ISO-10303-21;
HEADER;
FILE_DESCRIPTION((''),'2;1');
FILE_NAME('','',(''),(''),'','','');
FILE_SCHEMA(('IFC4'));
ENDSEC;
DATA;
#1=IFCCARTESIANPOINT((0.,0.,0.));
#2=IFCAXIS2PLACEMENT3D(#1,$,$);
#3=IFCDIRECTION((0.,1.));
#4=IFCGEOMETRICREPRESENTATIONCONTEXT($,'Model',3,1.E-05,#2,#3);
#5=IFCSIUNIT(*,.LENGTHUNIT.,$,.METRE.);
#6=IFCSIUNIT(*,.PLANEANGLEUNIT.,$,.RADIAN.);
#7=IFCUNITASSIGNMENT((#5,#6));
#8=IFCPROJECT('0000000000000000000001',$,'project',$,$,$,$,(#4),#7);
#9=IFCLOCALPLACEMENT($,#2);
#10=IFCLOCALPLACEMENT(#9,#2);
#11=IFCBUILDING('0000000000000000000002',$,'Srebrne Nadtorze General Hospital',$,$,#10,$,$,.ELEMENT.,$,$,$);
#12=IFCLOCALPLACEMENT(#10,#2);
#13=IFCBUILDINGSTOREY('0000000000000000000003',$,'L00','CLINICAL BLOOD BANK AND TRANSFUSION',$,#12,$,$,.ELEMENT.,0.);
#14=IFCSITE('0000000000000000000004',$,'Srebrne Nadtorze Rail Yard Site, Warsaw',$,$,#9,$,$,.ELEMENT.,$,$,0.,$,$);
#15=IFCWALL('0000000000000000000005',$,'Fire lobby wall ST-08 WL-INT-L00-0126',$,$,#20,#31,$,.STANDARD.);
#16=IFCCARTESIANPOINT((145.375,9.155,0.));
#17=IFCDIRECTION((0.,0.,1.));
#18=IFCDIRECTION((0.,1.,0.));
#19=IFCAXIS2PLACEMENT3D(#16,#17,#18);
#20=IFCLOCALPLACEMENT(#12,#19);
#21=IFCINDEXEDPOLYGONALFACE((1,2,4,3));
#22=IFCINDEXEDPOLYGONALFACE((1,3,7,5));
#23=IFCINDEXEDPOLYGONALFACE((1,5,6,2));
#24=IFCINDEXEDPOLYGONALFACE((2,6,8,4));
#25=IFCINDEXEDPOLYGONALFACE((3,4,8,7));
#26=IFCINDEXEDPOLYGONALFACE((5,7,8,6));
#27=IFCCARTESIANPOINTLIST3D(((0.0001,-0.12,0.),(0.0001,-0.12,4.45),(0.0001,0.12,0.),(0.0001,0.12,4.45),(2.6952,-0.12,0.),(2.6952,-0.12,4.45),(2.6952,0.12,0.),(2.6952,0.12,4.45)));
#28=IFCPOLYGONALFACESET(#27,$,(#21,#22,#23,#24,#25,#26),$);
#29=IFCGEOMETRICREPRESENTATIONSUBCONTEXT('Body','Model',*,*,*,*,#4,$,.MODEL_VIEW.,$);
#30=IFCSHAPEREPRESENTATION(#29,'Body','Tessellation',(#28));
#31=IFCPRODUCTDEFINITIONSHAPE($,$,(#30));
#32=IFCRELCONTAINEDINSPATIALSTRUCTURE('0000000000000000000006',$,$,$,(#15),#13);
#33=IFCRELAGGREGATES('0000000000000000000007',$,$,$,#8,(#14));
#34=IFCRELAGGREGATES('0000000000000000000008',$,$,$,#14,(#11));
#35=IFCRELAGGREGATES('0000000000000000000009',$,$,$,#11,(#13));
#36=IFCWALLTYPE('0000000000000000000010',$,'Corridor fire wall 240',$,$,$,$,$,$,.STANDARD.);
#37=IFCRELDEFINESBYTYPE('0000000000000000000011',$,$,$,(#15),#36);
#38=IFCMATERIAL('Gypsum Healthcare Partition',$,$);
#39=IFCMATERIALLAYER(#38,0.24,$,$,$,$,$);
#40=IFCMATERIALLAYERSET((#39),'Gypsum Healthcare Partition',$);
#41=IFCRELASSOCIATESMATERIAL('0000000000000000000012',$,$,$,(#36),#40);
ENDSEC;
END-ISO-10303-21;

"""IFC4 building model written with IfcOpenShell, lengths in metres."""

from ifc_helpers import new_model, si_unit, direction, frame, frame_2d, origin, place, context, subcontext, project, spatial, rectangle, extrude, material, layer, layer_set, type_object, element, save


model = new_model("IFC4")

# Units and contexts
model_context = context("Model", 3, precision=1e-05, world=origin(), true_north=direction((0.0, 1.0)))
body_context = subcontext(model_context, "Body", "Model", "MODEL_VIEW")
ifc_project = project(units=[si_unit("LENGTHUNIT", "METRE"), si_unit("PLANEANGLEUNIT", "RADIAN")], contexts=[model_context])

# Site, building, storey
site_placement = place(None, origin())
site = spatial("IfcSite", under=ifc_project, at=site_placement, Name="Srebrne Nadtorze Rail Yard Site, Warsaw", CompositionType="ELEMENT", RefElevation=0.0)
building_placement = place(site_placement, origin())
building = spatial("IfcBuilding", under=site, at=building_placement, Name="Srebrne Nadtorze General Hospital", CompositionType="ELEMENT")
storey_placement = place(building_placement, origin())
storey = spatial("IfcBuildingStorey", under=building, at=storey_placement, Name="L00", Description="CLINICAL BLOOD BANK AND TRANSFUSION", CompositionType="ELEMENT", Elevation=0.0)

# Wall
ifc_material_1 = material(Name="Gypsum Healthcare Partition")
ifc_layer_1 = layer(ifc_material_1, 0.24)
ifc_layer_set_1 = layer_set([ifc_layer_1], Name="Gypsum Healthcare Partition")
wall_type_1 = type_object("IfcWallType", Name="Corridor fire wall 240", PredefinedType="STANDARD", material=ifc_layer_set_1)
wall_1_placement = place(storey_placement, frame((145.375, 9.155, 0.0), z_axis=(0.0, 0.0, 1.0), x_axis=(0.0, 1.0, 0.0)))
element("IfcWall", 1, at=wall_1_placement, inside=storey, type_object=wall_type_1, Name="Fire lobby wall ST-08 WL-INT-L00-0126", PredefinedType="STANDARD", context=body_context, shape_type="SweptSolid", body=[
    extrude(rectangle(XDim=2.6951, YDim=0.24, at=frame_2d((1.3477, 0.0))), origin(), (0.0, 0.0, 1.0), 4.45),
])

save(model, "model.ifc")
